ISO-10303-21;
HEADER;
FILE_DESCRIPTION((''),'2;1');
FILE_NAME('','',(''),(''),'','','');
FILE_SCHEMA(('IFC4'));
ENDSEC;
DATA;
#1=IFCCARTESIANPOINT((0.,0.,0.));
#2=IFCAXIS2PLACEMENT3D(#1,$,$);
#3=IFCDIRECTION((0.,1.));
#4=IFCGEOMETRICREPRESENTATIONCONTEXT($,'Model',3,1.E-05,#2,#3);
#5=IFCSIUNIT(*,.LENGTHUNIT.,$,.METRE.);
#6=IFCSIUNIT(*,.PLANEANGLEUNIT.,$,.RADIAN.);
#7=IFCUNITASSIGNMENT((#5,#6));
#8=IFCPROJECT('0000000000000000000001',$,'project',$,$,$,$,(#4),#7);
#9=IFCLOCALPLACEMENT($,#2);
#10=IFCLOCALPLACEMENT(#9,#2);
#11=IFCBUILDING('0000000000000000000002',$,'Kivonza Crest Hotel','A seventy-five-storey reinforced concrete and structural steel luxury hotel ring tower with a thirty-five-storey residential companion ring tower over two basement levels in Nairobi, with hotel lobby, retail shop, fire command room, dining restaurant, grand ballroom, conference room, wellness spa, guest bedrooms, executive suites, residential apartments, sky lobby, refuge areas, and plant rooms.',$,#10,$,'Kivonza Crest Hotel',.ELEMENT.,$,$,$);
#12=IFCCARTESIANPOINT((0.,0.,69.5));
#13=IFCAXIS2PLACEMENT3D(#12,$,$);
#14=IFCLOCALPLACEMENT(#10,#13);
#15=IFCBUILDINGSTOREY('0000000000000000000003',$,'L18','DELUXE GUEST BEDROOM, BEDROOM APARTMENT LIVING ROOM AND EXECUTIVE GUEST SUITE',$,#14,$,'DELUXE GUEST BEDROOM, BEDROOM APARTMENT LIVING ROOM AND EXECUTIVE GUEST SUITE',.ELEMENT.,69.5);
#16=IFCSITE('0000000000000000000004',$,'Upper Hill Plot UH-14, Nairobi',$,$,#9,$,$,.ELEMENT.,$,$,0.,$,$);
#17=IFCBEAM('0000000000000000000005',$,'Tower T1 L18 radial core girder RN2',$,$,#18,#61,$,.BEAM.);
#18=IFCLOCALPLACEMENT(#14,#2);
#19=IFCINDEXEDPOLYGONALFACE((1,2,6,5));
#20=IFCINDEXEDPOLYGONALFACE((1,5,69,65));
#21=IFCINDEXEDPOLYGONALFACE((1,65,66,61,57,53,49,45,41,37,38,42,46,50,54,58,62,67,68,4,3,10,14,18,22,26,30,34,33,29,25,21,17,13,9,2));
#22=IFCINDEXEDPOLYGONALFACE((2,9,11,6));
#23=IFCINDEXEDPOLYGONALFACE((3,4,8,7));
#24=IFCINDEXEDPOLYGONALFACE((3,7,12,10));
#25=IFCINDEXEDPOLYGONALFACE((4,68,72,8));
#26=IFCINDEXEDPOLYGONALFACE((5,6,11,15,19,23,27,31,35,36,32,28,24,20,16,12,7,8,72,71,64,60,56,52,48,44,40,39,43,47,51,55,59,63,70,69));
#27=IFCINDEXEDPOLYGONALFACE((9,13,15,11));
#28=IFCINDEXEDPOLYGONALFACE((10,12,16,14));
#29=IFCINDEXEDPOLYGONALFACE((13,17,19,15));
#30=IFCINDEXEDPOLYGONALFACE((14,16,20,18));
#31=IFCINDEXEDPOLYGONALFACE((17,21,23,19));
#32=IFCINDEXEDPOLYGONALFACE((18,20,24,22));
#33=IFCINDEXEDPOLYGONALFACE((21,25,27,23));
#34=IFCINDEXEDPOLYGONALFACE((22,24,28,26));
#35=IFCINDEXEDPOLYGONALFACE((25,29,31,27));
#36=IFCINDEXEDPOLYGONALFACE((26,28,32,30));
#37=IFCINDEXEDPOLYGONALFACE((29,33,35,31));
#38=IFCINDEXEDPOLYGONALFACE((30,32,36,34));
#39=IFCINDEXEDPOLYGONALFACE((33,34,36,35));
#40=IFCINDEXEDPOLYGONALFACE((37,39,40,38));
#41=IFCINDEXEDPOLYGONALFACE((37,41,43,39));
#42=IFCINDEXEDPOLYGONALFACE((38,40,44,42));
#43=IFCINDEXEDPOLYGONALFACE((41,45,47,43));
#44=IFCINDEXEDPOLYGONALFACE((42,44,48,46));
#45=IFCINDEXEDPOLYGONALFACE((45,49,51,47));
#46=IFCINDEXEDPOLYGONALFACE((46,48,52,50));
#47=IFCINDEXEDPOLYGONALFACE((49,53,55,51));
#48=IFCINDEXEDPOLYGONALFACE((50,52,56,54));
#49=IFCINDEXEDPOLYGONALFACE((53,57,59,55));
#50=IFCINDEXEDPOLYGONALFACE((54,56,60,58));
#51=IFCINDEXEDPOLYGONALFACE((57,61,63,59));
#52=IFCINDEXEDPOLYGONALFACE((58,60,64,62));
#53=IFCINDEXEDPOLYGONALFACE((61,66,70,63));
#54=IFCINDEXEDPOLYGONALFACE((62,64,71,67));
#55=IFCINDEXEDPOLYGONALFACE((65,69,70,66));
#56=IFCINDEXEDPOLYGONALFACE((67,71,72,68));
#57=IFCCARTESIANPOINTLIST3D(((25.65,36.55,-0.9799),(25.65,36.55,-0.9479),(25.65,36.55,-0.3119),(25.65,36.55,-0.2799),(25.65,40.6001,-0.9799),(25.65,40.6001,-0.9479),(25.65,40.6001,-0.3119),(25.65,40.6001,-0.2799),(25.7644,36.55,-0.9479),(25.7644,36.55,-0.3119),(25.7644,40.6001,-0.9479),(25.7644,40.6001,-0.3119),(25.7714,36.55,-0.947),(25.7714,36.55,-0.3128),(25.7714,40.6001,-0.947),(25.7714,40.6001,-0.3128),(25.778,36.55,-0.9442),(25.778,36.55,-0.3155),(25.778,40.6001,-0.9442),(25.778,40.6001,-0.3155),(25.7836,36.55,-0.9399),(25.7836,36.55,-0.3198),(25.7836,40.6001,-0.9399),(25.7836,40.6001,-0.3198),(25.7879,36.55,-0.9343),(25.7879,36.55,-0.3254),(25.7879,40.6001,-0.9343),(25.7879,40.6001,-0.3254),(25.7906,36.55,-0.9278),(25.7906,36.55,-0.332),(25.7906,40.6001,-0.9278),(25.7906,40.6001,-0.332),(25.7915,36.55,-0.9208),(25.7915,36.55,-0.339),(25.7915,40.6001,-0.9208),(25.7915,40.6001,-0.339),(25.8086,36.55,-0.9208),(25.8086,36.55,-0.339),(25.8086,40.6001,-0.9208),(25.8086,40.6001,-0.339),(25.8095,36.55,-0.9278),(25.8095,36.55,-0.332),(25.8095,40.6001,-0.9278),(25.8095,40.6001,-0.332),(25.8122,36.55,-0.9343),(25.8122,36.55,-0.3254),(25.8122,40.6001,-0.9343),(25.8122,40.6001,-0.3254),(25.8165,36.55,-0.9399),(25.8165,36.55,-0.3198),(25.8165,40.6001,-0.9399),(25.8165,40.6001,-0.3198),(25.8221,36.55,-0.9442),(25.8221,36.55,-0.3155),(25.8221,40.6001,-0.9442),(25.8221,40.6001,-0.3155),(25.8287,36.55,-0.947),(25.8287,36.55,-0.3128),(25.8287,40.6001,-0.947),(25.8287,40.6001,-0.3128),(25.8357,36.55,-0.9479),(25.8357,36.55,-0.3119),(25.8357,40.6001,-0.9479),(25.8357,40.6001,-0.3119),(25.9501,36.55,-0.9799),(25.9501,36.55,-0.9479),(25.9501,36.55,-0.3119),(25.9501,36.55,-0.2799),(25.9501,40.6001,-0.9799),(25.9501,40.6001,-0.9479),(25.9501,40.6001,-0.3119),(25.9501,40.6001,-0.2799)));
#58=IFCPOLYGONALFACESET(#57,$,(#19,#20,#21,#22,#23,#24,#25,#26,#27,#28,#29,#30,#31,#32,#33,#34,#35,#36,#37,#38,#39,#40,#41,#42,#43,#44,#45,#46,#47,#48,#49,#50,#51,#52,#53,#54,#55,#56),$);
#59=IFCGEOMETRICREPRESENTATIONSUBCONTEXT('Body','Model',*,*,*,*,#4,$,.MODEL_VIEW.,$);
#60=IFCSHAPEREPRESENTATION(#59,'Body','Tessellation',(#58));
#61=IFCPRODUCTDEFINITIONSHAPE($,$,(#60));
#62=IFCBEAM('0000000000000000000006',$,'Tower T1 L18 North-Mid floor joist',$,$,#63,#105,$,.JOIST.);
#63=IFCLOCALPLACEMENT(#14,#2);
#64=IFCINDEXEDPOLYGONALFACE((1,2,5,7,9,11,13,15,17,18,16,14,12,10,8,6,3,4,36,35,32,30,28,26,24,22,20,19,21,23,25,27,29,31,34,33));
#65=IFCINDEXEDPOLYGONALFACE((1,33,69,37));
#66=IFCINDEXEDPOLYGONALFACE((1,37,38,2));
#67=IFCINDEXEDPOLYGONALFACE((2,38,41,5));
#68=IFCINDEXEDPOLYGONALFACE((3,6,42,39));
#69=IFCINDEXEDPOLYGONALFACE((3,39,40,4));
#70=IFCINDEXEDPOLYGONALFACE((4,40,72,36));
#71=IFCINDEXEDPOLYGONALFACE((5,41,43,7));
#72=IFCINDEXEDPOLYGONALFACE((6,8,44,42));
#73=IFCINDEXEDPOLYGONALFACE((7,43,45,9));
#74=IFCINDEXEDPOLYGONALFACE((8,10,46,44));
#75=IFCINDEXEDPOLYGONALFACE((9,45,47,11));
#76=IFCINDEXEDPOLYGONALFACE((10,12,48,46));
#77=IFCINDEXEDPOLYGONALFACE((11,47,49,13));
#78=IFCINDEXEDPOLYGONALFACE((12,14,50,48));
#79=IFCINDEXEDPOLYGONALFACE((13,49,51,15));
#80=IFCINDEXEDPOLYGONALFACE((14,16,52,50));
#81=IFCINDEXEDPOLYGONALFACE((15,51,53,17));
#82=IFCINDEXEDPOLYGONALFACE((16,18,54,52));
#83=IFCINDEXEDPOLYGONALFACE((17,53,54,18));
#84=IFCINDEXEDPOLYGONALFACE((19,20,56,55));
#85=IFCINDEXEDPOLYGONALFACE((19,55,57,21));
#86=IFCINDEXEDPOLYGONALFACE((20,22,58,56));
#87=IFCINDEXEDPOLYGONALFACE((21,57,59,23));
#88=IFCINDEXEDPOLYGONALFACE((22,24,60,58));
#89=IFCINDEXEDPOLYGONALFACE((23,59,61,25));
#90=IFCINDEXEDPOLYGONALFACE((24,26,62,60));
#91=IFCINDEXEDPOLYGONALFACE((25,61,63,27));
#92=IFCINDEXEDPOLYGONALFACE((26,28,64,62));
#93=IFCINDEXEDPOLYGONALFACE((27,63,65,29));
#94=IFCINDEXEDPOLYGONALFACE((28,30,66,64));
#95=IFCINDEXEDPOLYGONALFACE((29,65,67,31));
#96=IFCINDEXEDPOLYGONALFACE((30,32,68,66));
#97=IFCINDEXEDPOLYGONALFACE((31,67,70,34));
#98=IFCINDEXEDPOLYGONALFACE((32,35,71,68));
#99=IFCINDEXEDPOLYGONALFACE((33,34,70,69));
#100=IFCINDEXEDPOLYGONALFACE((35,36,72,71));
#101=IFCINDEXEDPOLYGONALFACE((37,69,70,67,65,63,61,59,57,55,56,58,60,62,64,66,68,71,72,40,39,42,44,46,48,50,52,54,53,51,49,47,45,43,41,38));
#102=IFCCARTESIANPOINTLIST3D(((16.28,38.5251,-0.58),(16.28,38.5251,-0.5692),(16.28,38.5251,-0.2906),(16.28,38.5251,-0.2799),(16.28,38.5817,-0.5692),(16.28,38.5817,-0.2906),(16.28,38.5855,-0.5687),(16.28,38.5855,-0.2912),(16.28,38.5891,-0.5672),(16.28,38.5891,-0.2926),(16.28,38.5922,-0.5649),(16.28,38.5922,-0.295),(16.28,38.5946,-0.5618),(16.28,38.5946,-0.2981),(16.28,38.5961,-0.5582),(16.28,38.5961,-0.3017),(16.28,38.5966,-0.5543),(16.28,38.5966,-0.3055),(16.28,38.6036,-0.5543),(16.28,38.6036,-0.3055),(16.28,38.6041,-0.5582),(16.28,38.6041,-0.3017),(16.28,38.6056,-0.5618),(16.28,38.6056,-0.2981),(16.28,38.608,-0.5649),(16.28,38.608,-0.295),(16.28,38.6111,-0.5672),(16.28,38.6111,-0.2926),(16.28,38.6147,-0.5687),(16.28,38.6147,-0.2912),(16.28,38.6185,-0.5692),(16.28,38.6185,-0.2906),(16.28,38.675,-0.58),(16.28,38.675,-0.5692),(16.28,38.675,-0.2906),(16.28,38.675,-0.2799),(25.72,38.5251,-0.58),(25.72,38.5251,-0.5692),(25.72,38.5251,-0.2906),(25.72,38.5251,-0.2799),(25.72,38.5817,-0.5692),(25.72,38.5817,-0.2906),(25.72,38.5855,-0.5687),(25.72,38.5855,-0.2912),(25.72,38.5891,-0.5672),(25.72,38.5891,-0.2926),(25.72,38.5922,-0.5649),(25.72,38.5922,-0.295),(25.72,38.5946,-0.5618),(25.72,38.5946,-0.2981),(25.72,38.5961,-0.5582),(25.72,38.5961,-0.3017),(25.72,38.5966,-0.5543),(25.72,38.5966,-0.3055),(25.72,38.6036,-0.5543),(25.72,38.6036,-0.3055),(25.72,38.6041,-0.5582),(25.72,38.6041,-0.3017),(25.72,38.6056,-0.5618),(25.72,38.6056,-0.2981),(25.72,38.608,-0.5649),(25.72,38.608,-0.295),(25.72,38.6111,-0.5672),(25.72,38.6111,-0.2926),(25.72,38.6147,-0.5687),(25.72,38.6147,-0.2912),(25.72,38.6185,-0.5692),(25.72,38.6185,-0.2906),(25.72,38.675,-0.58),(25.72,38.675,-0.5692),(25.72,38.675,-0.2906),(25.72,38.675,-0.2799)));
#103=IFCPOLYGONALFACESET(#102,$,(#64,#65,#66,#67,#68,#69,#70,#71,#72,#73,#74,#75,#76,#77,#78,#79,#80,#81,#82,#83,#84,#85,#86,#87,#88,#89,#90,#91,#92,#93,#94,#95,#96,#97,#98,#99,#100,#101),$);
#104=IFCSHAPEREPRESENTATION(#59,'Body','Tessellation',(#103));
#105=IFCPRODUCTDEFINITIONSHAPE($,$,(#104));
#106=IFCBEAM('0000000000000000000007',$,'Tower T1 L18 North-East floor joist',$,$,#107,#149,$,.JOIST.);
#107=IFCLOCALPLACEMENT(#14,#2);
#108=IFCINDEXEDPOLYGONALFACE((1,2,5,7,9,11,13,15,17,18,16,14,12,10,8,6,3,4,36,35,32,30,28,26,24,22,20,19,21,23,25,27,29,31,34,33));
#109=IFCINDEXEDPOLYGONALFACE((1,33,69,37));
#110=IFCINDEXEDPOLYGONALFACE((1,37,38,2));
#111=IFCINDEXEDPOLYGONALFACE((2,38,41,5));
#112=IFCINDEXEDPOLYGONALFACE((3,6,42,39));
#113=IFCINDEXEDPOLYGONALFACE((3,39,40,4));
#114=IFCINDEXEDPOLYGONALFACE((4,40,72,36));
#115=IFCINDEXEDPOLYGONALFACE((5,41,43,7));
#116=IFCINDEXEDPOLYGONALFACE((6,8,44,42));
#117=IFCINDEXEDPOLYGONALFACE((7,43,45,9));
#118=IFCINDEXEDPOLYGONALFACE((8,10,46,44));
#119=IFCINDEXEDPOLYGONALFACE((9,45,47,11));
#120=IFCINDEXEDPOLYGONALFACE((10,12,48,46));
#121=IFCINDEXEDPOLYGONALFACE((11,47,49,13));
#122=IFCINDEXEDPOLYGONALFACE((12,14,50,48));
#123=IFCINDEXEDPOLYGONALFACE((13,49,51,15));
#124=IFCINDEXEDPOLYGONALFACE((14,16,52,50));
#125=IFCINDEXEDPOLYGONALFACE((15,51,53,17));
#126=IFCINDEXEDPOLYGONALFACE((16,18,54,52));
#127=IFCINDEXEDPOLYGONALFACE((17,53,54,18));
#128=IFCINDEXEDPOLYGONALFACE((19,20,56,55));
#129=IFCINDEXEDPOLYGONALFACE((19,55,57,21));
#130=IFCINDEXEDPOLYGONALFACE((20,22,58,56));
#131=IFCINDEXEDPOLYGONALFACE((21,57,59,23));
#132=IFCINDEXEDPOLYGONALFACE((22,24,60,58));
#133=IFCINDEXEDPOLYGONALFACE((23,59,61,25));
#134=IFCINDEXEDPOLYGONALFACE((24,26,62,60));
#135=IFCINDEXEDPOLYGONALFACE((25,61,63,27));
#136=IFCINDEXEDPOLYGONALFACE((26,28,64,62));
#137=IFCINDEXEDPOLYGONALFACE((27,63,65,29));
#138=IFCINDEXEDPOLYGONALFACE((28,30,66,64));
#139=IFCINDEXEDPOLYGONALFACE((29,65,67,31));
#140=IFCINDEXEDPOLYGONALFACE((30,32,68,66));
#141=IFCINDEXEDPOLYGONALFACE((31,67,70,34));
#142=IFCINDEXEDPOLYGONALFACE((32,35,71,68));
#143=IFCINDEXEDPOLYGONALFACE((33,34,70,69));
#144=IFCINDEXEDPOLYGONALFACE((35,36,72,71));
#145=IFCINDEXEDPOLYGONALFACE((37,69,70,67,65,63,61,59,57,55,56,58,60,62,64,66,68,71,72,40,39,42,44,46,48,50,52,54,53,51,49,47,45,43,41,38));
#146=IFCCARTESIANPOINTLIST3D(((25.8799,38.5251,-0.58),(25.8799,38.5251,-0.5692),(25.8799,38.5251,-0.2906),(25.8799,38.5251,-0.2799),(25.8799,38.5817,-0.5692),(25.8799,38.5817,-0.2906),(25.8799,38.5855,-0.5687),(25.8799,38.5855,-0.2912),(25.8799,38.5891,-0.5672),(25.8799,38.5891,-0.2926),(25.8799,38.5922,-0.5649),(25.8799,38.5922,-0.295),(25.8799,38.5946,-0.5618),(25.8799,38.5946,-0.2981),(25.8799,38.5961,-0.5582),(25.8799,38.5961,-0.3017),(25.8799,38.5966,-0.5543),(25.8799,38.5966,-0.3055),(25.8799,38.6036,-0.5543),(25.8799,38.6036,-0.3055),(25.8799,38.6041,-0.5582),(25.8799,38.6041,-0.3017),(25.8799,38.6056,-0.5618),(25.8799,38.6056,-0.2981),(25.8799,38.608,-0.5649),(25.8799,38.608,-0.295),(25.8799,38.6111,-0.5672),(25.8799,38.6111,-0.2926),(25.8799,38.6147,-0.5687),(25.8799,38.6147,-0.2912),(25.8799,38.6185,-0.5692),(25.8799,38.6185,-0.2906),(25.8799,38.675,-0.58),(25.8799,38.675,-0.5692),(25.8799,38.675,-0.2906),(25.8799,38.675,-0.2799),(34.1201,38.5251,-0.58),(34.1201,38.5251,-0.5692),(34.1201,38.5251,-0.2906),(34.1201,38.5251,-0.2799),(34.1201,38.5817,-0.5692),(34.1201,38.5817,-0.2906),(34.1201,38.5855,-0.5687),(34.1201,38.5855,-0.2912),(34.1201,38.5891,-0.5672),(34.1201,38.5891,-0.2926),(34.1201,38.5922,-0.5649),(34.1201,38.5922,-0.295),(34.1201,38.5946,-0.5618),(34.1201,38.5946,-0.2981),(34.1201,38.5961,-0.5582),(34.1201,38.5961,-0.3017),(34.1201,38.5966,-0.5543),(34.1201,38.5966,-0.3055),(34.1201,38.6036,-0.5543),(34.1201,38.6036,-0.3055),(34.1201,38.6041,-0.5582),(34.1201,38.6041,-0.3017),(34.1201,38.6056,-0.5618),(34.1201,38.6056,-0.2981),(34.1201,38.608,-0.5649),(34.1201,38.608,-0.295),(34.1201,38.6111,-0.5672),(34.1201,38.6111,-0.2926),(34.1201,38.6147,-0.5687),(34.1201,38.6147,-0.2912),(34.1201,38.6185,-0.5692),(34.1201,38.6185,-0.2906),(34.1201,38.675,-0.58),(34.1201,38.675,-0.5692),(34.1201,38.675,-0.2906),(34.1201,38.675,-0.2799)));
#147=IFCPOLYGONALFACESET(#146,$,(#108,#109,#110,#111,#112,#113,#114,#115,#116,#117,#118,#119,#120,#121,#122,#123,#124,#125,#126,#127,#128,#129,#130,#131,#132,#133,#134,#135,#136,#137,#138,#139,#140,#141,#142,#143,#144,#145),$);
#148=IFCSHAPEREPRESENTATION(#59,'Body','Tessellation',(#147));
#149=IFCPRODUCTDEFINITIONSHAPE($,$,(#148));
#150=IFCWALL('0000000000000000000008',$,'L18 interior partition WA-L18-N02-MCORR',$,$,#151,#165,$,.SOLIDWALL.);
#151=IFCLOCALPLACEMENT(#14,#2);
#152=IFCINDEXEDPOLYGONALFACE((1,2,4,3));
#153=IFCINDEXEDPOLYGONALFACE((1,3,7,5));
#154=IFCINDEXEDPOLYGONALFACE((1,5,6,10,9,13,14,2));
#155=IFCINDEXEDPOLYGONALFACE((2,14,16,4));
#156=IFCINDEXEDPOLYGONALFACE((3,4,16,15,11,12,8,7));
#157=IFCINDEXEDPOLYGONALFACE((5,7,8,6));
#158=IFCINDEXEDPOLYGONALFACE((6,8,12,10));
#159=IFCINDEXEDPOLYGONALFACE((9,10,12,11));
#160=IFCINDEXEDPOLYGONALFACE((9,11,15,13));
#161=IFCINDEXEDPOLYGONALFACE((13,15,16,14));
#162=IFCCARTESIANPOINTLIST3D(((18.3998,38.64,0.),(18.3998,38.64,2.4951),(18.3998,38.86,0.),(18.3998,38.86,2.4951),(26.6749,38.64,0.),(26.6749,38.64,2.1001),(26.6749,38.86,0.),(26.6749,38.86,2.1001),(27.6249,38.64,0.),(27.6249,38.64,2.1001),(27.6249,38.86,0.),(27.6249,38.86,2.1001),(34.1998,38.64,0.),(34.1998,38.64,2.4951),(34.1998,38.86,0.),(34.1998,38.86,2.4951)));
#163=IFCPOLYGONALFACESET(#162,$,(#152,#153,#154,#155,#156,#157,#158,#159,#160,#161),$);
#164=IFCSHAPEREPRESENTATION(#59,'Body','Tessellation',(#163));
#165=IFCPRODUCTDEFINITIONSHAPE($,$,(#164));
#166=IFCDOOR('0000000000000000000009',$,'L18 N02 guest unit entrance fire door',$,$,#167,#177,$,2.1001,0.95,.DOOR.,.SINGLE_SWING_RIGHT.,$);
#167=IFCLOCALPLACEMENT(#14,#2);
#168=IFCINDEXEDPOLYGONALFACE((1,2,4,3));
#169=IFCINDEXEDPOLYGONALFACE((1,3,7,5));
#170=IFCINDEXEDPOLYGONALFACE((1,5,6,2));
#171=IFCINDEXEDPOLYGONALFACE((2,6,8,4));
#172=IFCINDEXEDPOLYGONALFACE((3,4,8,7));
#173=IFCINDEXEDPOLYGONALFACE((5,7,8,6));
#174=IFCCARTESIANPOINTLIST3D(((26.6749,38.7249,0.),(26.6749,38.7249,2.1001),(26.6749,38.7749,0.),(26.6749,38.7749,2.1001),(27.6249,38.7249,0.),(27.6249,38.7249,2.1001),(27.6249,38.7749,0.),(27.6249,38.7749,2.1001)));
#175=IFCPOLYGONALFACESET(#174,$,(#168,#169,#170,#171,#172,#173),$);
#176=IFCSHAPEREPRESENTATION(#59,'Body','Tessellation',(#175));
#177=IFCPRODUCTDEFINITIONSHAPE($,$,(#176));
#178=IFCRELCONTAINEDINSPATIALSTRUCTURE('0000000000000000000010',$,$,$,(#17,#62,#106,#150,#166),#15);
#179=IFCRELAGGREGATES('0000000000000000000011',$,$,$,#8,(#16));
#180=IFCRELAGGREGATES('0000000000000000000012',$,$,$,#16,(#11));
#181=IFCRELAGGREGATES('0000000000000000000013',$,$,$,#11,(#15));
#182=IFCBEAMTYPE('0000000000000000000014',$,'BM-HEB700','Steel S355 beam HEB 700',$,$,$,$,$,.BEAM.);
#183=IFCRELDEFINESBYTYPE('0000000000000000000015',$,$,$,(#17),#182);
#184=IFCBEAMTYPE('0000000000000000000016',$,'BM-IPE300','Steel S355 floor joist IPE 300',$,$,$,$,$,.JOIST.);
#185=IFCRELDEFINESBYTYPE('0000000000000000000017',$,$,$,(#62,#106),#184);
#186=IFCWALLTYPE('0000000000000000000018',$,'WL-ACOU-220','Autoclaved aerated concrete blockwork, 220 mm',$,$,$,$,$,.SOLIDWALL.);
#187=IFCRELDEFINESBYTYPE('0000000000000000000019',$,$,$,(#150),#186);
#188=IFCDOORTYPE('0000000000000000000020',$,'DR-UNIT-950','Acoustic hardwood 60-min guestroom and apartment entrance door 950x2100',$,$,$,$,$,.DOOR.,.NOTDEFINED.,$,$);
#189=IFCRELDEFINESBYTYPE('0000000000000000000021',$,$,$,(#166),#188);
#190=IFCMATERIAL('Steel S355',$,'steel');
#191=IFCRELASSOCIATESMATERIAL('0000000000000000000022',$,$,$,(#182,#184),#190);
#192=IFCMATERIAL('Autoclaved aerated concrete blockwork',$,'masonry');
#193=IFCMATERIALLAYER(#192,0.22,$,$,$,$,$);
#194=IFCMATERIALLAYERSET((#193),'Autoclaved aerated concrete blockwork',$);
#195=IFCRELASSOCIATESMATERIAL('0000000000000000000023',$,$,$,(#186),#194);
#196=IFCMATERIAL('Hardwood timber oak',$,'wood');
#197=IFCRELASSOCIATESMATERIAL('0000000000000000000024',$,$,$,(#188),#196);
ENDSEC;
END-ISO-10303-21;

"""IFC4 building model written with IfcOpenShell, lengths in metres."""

from ifc_helpers import new_model, si_unit, direction, frame, frame_2d, origin, origin_2d, place, context, subcontext, project, spatial, rectangle, i_section, extrude, material, layer, layer_set, material_profile, profile_set, type_object, element, fill, save


model = new_model("IFC4")

# Units and contexts
model_context = context("Model", 3, precision=1e-05, world=origin(), true_north=direction((0.0, 1.0)))
body_context = subcontext(model_context, "Body", "Model", "MODEL_VIEW")
ifc_project = project(units=[si_unit("LENGTHUNIT", "METRE"), si_unit("PLANEANGLEUNIT", "RADIAN")], contexts=[model_context])

# Site, building, storey
site_placement = place(None, origin())
site = spatial("IfcSite", under=ifc_project, at=site_placement, Name="Upper Hill Plot UH-14, Nairobi", CompositionType="ELEMENT", RefElevation=0.0)
building_placement = place(site_placement, origin())
building = spatial("IfcBuilding", under=site, at=building_placement, Name="Kivonza Crest Hotel", Description="A seventy-five-storey reinforced concrete and structural steel luxury hotel ring tower with a thirty-five-storey residential companion ring tower over two basement levels in Nairobi, with hotel lobby, retail shop, fire command room, dining restaurant, grand ballroom, conference room, wellness spa, guest bedrooms, executive suites, residential apartments, sky lobby, refuge areas, and plant rooms.", LongName="Kivonza Crest Hotel", CompositionType="ELEMENT")
storey_placement = place(building_placement, frame((0.0, 0.0, 69.5)))
storey = spatial("IfcBuildingStorey", under=building, at=storey_placement, Name="L18", Description="DELUXE GUEST BEDROOM, BEDROOM APARTMENT LIVING ROOM AND EXECUTIVE GUEST SUITE", LongName="DELUXE GUEST BEDROOM, BEDROOM APARTMENT LIVING ROOM AND EXECUTIVE GUEST SUITE", CompositionType="ELEMENT", Elevation=69.5)

# Beams
ifc_material_1 = material(Name="Steel S355", Category="steel")
ifc_material_profile_1 = material_profile(ifc_material_1, i_section(OverallWidth=0.3, OverallDepth=0.7, WebThickness=0.0171, FlangeThickness=0.032, FilletRadius=0.0271, at=origin_2d()), Name="HEB 700")
ifc_profile_set_1 = profile_set([ifc_material_profile_1], Name="Steel S355")
beam_type_1 = type_object("IfcBeamType", Name="BM-HEB700", Description="Steel S355 beam HEB 700", PredefinedType="BEAM", material=ifc_profile_set_1)
for number, where, z_axis, x_axis, name in (
    (1, (25.8, 40.6001, -0.6299), (0.0, -1.0, 0.0), (1.0, 0.0, 0.0), "Tower T1 L18 radial core girder RN2"),
):
    element("IfcBeam", number, at=place(storey_placement, frame(where, z_axis=z_axis, x_axis=x_axis)), inside=storey, type_object=beam_type_1, Name=name, PredefinedType="BEAM", context=body_context, shape_type="SweptSolid", body=[
        extrude(i_section(OverallWidth=0.3, OverallDepth=0.7, WebThickness=0.0171, FlangeThickness=0.032, FilletRadius=0.0271, at=origin_2d()), origin(), (0.0, 0.0, 1.0), 4.05),
    ])
ifc_material_profile_2 = material_profile(ifc_material_1, i_section(OverallWidth=0.1499, OverallDepth=0.3, WebThickness=0.0071, FlangeThickness=0.0107, FilletRadius=0.0149, at=origin_2d()), Name="IPE 300")
ifc_profile_set_2 = profile_set([ifc_material_profile_2], Name="Steel S355")
beam_type_2 = type_object("IfcBeamType", Name="BM-IPE300", Description="Steel S355 floor joist IPE 300", PredefinedType="JOIST", material=ifc_profile_set_2)
beam_1_placement = place(storey_placement, frame((16.28, 38.6001, -0.4299), z_axis=(1.0, 0.0, 0.0), x_axis=(0.0, 1.0, 0.0)))
element("IfcBeam", 2, at=beam_1_placement, inside=storey, type_object=beam_type_2, Name="Tower T1 L18 North-Mid floor joist", PredefinedType="JOIST", context=body_context, shape_type="SweptSolid", body=[
    extrude(i_section(OverallWidth=0.1499, OverallDepth=0.3, WebThickness=0.0071, FlangeThickness=0.0107, FilletRadius=0.0149, at=origin_2d()), origin(), (0.0, 0.0, 1.0), 9.4399),
])
beam_2_placement = place(storey_placement, frame((25.8799, 38.6001, -0.4299), z_axis=(1.0, 0.0, 0.0), x_axis=(0.0, 1.0, 0.0)))
element("IfcBeam", 3, at=beam_2_placement, inside=storey, type_object=beam_type_2, Name="Tower T1 L18 North-East floor joist", PredefinedType="JOIST", context=body_context, shape_type="SweptSolid", body=[
    extrude(i_section(OverallWidth=0.1499, OverallDepth=0.3, WebThickness=0.0071, FlangeThickness=0.0107, FilletRadius=0.0149, at=origin_2d()), origin(), (0.0, 0.0, 1.0), 8.2402),
])

# Wall, opening, door
ifc_material_2 = material(Name="Autoclaved aerated concrete blockwork", Category="masonry")
ifc_layer_1 = layer(ifc_material_2, 0.22)
ifc_layer_set_1 = layer_set([ifc_layer_1], Name="Autoclaved aerated concrete blockwork")
wall_type_1 = type_object("IfcWallType", Name="WL-ACOU-220", Description="Autoclaved aerated concrete blockwork, 220 mm", PredefinedType="SOLIDWALL", material=ifc_layer_set_1)
wall_1_placement = place(storey_placement, frame((18.3999, 38.75, 0.0), z_axis=(0.0, 0.0, 1.0), x_axis=(1.0, 0.0, 0.0)))
wall_1 = element("IfcWall", 4, at=wall_1_placement, inside=storey, type_object=wall_type_1, Name="L18 interior partition WA-L18-N02-MCORR", PredefinedType="SOLIDWALL", context=body_context, shape_type="SweptSolid", body=[
    extrude(rectangle(XDim=15.8, YDim=0.22, at=frame_2d((7.8999, 0.0))), origin(), (0.0, 0.0, 1.0), 2.4951),
])
opening_1_placement = place(wall_1_placement, frame((8.2749, 0.0, 0.0)))
opening_1 = element("IfcOpeningElement", 5, at=opening_1_placement, cuts=wall_1, PredefinedType="OPENING", context=body_context, shape_type="SweptSolid", body=[
    extrude(rectangle(XDim=0.95, YDim=2.1001, at=frame_2d((0.4751, 1.05))), frame((0.0, 0.1201, 0.0), z_axis=(0.0, -1.0, 0.0), x_axis=(1.0, 0.0, 0.0)), (0.0, 0.0, 1.0), 0.24),
])
ifc_material_3 = material(Name="Hardwood timber oak", Category="wood")
door_type_1 = type_object("IfcDoorType", Name="DR-UNIT-950", Description="Acoustic hardwood 60-min guestroom and apartment entrance door 950x2100", OperationType="NOTDEFINED", PredefinedType="DOOR", material=ifc_material_3)
door_1_placement = place(opening_1_placement, origin())
door_1 = element("IfcDoor", 6, at=door_1_placement, inside=storey, type_object=door_type_1, Name="L18 N02 guest unit entrance fire door", OperationType="SINGLE_SWING_RIGHT", OverallHeight=2.1001, OverallWidth=0.95, PredefinedType="DOOR", context=body_context, shape_type="SweptSolid", body=[
    extrude(rectangle(XDim=0.95, YDim=2.1001, at=frame_2d((0.4751, 1.05))), frame((0.0, 0.0249, 0.0), z_axis=(0.0, -1.0, 0.0), x_axis=(1.0, 0.0, 0.0)), (0.0, 0.0, 1.0), 0.05),
])
fill(opening_1, door_1)

save(model, "model.ifc")
